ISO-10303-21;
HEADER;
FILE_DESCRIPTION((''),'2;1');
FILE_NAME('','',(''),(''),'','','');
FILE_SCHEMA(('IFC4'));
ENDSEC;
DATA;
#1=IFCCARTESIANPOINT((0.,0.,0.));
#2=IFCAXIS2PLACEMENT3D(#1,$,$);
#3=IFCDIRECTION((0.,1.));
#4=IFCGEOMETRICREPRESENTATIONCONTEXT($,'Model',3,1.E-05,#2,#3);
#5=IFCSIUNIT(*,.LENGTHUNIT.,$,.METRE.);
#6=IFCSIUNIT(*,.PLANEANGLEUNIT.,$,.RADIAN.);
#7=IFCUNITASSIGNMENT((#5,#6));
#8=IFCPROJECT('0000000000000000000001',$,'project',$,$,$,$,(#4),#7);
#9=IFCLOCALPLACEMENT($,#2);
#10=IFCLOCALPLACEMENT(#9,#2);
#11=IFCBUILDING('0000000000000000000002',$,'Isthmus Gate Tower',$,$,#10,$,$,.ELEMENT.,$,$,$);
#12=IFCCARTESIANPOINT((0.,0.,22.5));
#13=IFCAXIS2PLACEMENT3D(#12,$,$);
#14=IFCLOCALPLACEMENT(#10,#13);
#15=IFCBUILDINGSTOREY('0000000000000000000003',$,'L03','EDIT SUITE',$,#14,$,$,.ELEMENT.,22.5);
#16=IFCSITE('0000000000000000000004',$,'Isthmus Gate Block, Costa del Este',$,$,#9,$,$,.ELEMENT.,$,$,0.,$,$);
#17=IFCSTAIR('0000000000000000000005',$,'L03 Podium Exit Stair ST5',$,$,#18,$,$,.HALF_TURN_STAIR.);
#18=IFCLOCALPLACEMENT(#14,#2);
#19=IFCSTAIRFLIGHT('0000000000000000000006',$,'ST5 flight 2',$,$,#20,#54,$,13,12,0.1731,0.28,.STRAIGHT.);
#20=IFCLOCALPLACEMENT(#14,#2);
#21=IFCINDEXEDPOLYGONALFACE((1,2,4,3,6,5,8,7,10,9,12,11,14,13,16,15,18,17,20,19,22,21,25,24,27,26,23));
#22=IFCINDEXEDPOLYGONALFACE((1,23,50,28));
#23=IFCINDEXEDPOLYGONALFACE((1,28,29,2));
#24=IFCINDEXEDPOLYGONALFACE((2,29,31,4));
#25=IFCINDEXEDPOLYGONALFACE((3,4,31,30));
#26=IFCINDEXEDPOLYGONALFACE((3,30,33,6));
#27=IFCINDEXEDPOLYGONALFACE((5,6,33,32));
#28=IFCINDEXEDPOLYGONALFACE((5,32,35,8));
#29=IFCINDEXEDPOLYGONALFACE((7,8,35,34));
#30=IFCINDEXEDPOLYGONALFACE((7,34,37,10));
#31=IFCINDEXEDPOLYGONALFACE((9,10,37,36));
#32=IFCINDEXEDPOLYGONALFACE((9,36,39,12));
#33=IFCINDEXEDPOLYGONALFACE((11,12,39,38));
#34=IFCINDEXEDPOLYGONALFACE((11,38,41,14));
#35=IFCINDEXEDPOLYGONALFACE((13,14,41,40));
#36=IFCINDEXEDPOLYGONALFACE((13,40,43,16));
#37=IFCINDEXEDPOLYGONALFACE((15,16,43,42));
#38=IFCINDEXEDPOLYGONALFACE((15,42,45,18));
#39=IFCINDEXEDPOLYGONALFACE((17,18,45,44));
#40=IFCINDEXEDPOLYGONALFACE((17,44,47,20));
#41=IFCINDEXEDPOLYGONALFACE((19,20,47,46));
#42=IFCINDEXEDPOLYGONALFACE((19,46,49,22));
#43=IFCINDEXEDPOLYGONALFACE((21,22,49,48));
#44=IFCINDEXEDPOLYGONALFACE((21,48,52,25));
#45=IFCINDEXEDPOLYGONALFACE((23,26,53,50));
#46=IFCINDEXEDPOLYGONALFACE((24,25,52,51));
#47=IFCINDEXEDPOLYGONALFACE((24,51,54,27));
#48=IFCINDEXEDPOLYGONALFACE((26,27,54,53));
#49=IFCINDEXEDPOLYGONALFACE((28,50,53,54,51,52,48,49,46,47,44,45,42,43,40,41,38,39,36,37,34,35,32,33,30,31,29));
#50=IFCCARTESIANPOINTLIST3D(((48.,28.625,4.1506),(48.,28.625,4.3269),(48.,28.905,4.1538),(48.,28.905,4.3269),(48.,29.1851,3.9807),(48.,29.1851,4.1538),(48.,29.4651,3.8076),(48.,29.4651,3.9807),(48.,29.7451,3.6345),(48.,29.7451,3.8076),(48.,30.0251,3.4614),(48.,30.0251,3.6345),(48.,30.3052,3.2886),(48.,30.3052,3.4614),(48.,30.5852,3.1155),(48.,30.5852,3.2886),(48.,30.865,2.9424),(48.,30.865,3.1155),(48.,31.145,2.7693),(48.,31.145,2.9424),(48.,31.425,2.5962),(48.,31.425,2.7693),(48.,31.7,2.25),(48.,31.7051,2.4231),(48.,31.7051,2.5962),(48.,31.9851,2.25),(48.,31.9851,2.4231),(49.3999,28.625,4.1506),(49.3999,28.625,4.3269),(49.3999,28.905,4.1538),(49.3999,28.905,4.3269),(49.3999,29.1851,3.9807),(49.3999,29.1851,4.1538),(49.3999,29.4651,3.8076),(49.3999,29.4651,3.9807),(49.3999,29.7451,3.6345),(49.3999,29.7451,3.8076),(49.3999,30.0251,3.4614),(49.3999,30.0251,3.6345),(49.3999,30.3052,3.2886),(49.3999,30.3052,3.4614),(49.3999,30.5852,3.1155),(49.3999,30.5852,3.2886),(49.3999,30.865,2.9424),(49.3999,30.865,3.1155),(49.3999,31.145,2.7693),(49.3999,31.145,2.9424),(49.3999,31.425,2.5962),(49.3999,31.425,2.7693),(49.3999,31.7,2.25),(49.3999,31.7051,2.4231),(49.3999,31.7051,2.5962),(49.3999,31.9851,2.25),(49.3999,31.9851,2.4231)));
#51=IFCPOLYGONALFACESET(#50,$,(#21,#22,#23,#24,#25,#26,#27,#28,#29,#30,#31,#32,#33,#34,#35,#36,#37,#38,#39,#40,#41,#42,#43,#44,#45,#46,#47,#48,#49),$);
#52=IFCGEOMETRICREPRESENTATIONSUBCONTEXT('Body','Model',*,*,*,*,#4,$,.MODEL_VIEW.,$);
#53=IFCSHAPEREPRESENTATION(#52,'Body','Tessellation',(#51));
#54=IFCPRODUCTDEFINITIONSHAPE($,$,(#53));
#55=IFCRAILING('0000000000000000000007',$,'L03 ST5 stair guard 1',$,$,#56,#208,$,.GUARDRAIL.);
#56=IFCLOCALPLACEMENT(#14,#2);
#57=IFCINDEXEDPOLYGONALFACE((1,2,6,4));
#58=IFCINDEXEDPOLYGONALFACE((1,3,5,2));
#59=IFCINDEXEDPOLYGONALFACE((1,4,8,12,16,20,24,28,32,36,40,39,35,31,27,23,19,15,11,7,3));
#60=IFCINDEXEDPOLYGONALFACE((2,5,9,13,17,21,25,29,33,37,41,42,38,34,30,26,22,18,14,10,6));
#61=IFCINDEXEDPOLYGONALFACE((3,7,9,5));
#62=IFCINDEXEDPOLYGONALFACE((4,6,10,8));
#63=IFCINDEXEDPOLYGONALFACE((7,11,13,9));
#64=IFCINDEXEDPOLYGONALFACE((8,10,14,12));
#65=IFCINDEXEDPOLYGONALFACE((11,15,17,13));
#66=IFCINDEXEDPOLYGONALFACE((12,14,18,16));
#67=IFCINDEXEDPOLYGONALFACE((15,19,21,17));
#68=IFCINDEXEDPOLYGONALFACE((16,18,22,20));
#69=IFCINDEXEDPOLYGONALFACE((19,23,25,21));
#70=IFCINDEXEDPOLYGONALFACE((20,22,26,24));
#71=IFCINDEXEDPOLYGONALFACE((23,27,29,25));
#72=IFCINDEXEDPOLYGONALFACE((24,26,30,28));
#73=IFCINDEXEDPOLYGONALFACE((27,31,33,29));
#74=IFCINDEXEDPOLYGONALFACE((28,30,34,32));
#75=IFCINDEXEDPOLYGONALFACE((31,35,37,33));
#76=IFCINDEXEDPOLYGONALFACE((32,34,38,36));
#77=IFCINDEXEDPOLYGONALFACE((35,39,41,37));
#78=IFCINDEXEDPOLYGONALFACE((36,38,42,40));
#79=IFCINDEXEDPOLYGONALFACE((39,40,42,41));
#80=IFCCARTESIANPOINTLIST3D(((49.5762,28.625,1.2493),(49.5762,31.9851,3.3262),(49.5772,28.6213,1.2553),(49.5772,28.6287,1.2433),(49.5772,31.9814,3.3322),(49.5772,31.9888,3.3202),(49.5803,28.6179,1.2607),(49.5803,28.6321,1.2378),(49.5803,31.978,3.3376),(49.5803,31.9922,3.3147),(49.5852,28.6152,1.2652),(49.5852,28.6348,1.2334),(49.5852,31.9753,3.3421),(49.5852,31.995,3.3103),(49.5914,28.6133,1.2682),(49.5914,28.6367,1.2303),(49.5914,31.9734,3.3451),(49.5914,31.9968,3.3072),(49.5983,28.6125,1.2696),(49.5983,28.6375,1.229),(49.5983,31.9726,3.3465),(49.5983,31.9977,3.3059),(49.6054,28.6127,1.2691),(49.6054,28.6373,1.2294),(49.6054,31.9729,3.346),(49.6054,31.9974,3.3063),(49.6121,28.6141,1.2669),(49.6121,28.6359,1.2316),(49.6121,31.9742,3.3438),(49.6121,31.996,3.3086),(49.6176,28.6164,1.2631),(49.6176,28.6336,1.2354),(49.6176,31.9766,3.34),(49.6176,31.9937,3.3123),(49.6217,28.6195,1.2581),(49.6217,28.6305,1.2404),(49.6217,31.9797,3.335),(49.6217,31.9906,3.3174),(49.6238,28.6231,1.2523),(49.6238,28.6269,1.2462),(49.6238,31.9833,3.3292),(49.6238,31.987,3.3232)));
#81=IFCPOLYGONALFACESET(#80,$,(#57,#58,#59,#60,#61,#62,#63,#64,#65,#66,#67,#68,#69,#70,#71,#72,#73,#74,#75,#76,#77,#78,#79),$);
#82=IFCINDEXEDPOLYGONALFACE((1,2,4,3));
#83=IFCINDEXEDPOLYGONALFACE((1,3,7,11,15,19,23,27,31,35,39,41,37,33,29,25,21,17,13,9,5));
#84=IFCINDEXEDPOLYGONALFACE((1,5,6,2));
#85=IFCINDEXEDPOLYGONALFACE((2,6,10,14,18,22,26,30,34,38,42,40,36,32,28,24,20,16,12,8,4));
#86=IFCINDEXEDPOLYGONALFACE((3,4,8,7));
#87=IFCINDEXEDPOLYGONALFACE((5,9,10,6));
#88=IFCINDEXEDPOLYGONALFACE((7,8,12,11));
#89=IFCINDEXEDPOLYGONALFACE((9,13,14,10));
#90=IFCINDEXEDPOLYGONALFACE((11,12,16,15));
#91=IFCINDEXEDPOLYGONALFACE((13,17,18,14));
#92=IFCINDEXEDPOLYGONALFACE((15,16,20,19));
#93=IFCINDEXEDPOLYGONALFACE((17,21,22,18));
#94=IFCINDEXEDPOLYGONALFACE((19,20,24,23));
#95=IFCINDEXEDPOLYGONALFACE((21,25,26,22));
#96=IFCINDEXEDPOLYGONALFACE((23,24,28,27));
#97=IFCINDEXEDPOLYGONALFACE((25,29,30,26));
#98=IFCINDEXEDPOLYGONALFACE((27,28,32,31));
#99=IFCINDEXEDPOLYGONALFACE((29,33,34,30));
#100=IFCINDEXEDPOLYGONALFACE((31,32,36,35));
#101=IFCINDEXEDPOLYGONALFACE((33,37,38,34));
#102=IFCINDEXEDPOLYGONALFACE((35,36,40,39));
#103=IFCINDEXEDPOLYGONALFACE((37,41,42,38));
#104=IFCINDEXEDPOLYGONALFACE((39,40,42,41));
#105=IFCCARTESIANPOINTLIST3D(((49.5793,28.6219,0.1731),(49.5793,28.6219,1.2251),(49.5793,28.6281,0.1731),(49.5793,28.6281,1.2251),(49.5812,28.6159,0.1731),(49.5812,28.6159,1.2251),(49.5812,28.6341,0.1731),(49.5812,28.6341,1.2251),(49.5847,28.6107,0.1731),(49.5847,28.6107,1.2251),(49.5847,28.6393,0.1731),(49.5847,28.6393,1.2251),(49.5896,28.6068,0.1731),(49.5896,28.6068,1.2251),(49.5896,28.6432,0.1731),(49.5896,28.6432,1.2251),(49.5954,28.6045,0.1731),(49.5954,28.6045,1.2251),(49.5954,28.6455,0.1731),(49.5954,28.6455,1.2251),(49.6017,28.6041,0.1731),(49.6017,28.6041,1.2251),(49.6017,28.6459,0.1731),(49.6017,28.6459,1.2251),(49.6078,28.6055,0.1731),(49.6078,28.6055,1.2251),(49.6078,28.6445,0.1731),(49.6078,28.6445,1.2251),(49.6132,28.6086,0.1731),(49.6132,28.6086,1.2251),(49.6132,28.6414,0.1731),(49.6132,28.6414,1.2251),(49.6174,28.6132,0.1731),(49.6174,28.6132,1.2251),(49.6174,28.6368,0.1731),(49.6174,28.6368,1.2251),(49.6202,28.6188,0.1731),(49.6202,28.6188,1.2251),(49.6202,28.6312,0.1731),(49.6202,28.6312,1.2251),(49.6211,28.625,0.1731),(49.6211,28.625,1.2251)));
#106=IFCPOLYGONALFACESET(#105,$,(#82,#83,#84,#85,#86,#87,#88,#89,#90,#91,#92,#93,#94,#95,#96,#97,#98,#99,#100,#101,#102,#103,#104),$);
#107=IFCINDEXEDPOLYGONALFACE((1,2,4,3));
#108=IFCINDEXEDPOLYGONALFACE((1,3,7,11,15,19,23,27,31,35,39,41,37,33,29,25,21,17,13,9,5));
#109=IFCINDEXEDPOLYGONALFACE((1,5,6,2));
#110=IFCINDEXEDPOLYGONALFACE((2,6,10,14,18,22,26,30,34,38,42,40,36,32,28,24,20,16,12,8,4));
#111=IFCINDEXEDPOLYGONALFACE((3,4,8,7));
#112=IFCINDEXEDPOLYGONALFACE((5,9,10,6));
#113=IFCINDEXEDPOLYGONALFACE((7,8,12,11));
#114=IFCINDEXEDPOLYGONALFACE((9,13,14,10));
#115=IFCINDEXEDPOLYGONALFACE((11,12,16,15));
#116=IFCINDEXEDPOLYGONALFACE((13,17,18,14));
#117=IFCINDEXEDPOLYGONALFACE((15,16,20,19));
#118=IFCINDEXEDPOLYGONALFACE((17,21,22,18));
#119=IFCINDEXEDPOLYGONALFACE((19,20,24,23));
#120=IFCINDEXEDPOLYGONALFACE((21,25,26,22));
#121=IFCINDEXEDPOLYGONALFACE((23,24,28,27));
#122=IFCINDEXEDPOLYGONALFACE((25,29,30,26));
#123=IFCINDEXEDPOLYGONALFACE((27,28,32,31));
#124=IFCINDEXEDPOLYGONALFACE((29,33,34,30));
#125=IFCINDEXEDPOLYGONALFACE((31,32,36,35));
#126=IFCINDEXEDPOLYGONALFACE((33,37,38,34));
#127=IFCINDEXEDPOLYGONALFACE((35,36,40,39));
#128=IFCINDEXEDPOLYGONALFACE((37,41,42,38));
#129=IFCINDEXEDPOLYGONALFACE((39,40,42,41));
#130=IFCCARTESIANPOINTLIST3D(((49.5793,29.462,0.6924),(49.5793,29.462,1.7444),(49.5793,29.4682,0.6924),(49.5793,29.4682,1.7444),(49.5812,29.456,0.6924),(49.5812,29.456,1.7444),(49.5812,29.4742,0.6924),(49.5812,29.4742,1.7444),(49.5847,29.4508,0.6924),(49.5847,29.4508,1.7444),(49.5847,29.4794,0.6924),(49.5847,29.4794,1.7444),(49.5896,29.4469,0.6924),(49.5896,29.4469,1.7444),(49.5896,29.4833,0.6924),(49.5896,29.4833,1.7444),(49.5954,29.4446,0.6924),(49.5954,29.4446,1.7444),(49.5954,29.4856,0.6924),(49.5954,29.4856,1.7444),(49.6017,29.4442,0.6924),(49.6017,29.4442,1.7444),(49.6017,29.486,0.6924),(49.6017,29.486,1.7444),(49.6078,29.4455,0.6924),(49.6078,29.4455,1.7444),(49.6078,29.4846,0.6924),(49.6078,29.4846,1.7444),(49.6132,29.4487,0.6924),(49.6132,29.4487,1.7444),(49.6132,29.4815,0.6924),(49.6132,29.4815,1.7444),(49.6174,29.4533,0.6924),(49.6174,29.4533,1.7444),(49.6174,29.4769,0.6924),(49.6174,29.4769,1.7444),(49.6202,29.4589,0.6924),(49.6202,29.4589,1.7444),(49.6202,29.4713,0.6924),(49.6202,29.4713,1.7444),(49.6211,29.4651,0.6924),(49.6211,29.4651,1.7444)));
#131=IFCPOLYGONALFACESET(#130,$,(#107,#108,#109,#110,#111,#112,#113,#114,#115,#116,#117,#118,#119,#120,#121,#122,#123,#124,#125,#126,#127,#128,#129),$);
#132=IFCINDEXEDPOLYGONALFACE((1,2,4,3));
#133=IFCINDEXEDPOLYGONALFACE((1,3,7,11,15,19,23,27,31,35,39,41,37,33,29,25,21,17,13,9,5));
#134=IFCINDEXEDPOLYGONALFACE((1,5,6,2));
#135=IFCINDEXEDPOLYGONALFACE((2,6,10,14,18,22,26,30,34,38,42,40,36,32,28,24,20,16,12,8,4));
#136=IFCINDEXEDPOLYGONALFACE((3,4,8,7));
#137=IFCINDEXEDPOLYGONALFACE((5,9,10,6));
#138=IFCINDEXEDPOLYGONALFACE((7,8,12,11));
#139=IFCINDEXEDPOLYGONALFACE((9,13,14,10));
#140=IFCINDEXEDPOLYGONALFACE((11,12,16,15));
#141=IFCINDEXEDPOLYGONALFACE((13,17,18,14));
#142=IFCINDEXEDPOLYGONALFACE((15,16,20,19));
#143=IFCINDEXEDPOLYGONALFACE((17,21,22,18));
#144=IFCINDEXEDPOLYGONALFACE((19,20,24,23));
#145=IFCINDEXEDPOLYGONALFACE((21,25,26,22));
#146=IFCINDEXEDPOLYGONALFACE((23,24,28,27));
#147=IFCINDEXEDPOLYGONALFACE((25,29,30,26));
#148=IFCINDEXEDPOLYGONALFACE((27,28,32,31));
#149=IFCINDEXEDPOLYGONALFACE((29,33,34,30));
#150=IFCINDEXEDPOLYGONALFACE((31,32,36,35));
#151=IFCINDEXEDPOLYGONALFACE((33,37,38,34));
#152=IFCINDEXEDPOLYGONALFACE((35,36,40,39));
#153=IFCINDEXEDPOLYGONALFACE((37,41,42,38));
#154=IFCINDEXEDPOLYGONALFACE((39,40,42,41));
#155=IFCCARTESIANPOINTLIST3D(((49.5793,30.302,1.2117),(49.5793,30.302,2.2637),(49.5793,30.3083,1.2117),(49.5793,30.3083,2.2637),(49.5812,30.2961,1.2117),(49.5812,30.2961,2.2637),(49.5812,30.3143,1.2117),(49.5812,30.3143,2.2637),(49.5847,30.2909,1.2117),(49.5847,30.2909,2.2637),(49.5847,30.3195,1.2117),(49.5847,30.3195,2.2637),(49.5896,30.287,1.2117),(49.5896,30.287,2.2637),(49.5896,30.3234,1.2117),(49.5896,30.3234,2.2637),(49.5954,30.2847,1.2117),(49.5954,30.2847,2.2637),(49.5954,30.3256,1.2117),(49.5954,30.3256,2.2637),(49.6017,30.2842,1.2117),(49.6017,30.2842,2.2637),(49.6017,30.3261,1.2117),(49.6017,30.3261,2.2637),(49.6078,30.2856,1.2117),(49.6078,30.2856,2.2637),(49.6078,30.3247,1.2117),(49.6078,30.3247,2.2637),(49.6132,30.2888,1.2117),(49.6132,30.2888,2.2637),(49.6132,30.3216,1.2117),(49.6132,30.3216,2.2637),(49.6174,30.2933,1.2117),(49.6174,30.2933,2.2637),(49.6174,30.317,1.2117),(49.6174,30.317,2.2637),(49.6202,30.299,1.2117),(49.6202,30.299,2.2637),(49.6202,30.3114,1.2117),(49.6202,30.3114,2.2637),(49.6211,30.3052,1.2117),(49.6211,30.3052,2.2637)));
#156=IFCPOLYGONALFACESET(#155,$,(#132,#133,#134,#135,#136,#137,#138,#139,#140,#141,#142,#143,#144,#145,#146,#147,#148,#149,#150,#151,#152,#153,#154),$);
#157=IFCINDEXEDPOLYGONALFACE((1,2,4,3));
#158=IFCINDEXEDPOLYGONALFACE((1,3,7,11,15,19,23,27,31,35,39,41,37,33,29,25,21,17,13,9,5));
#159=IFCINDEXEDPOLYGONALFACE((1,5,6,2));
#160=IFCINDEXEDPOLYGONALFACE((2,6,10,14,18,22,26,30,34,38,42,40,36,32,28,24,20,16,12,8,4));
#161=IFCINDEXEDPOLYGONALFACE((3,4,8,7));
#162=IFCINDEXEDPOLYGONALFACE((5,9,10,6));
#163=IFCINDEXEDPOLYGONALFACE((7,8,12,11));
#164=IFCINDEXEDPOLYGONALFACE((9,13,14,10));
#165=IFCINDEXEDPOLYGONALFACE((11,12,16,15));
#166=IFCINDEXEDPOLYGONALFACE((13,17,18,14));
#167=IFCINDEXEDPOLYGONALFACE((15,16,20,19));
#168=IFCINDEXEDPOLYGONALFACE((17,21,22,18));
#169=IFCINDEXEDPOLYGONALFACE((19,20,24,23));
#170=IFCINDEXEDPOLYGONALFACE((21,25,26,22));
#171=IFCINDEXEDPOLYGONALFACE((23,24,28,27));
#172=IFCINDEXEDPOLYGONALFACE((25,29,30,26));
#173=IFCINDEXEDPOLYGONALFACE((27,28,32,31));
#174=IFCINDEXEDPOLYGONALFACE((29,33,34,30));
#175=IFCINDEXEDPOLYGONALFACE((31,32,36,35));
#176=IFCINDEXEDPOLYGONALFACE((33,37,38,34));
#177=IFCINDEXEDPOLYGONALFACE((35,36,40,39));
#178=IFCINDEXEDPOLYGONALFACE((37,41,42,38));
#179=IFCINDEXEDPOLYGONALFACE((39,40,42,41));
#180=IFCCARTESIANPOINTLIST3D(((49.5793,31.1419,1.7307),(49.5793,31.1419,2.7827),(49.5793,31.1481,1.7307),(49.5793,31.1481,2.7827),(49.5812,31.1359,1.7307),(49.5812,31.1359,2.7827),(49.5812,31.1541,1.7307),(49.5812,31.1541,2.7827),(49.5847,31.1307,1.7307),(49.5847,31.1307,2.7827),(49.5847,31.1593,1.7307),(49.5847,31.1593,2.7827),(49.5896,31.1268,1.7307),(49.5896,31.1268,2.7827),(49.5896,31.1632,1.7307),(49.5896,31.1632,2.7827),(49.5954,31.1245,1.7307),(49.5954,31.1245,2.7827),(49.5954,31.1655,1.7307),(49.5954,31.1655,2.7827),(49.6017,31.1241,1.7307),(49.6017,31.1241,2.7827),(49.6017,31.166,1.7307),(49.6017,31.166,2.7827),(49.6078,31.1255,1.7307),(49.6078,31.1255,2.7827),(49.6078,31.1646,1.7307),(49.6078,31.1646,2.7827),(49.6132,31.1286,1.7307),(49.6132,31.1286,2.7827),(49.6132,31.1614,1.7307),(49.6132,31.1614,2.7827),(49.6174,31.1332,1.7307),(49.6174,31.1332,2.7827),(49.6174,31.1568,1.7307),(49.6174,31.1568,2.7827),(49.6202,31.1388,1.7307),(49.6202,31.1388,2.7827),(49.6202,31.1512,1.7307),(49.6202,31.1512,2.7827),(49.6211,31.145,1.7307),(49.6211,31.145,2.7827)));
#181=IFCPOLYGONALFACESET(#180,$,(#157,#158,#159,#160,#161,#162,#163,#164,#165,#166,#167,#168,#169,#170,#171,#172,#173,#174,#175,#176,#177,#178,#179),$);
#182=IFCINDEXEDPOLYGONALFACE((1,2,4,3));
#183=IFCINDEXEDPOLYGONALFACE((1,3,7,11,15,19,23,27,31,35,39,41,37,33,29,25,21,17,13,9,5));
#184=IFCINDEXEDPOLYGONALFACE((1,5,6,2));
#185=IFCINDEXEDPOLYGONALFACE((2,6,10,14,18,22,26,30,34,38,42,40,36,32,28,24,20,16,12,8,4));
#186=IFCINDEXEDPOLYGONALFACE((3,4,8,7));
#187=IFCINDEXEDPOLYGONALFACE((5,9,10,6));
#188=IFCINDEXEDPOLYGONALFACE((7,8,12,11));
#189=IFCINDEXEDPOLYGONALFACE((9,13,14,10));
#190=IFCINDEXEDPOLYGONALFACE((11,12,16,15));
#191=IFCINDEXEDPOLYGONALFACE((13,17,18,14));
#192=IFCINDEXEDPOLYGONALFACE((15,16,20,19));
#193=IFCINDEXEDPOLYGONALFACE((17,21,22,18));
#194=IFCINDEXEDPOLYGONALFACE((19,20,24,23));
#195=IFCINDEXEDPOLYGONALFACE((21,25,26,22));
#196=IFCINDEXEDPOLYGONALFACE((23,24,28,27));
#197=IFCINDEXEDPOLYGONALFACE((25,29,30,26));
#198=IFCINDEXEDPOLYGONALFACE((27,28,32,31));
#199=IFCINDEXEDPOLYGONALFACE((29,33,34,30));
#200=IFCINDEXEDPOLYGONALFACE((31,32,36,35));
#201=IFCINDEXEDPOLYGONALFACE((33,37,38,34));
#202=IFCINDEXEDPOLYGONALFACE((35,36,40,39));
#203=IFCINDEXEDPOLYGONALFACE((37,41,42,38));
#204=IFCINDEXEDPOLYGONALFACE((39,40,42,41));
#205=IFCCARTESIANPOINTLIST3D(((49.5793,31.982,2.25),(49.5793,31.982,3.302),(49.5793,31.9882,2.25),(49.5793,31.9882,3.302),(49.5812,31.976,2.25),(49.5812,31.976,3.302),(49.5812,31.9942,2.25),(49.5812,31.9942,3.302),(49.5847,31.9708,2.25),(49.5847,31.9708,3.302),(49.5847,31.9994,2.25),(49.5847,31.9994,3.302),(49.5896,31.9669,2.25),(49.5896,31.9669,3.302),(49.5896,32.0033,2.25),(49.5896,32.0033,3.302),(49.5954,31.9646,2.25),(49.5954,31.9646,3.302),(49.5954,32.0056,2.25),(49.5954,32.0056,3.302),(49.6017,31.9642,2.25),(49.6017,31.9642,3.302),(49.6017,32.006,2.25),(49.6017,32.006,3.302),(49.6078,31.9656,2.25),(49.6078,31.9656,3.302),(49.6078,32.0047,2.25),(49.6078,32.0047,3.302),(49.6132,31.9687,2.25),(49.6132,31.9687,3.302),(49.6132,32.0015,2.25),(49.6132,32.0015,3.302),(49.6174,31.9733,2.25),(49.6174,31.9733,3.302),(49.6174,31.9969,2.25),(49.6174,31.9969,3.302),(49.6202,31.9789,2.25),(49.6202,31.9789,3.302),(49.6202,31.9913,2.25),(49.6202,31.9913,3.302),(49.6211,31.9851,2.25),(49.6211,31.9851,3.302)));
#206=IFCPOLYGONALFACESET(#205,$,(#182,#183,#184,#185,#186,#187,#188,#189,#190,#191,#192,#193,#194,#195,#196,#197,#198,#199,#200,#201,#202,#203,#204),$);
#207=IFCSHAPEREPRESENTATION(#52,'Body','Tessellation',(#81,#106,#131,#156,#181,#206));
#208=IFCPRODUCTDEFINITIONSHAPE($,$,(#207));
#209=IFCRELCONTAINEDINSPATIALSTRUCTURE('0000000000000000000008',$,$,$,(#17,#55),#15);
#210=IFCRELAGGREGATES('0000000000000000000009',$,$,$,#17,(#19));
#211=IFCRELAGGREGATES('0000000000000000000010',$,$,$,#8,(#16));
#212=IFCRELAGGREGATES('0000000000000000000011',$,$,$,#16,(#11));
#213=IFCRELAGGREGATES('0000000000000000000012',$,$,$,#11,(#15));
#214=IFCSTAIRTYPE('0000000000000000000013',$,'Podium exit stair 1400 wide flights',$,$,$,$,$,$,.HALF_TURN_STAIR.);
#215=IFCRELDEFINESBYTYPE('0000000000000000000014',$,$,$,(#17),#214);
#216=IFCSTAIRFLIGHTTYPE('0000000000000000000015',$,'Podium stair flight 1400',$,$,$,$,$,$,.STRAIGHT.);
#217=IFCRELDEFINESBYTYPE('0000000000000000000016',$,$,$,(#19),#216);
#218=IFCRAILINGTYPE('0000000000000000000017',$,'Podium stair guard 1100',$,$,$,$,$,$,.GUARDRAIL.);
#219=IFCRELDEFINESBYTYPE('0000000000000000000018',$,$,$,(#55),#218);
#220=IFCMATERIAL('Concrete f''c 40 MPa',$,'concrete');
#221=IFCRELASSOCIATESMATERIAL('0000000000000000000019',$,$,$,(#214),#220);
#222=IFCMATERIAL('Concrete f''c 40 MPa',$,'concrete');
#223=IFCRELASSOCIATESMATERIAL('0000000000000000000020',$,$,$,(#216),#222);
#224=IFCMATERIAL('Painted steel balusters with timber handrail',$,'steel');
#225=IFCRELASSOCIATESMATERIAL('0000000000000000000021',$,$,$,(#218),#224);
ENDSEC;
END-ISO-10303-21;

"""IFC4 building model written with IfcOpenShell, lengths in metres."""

from ifc_helpers import new_model, si_unit, direction, frame, origin, origin_2d, place, context, subcontext, project, spatial, polyline, circle, outline, extrude, material, type_object, element, aggregate, save


model = new_model("IFC4")

# Units and contexts
model_context = context("Model", 3, precision=1e-05, world=origin(), true_north=direction((0.0, 1.0)))
body_context = subcontext(model_context, "Body", "Model", "MODEL_VIEW")
ifc_project = project(units=[si_unit("LENGTHUNIT", "METRE"), si_unit("PLANEANGLEUNIT", "RADIAN")], contexts=[model_context])

# Site, building, storey
site_placement = place(None, origin())
site = spatial("IfcSite", under=ifc_project, at=site_placement, Name="Isthmus Gate Block, Costa del Este", CompositionType="ELEMENT", RefElevation=0.0)
building_placement = place(site_placement, origin())
building = spatial("IfcBuilding", under=site, at=building_placement, Name="Isthmus Gate Tower", CompositionType="ELEMENT")
storey_placement = place(building_placement, frame((0.0, 0.0, 22.5)))
storey = spatial("IfcBuildingStorey", under=building, at=storey_placement, Name="L03", Description="EDIT SUITE", CompositionType="ELEMENT", Elevation=22.5)

# Stair, stair flight
ifc_material_1 = material(Name="Concrete f'c 40 MPa", Category="concrete")
stair_type = type_object("IfcStairType", Name="Podium exit stair 1400 wide flights", PredefinedType="HALF_TURN_STAIR", material=ifc_material_1)
stair_placement = place(storey_placement, origin())
stair = element("IfcStair", 1, at=stair_placement, inside=storey, type_object=stair_type, Name="L03 Podium Exit Stair ST5", PredefinedType="HALF_TURN_STAIR")
ifc_material_2 = material(Name="Concrete f'c 40 MPa", Category="concrete")
stair_flight_type = type_object("IfcStairFlightType", Name="Podium stair flight 1400", PredefinedType="STRAIGHT", material=ifc_material_2)
stair_flight_1_placement = place(storey_placement, frame((48.7, 31.9851, 2.25), z_axis=(0.0, 0.0, 1.0), x_axis=(0.0, -1.0, 0.0)))
stair_flight_1 = element("IfcStairFlight", 2, at=stair_flight_1_placement, type_object=stair_flight_type, Name="ST5 flight 2", NumberOfRisers=13, NumberOfTreads=12, PredefinedType="STRAIGHT", RiserHeight=0.1731, TreadLength=0.28, context=body_context, shape_type="SweptSolid", body=[
    extrude(outline(polyline([(0.0, 0.0), (0.0, 0.1731), (0.28, 0.1731), (0.28, 0.3462), (0.5601, 0.3462), (0.5601, 0.5193), (0.8401, 0.5193), (0.8401, 0.6924), (1.1201, 0.6924), (1.1201, 0.8655), (1.3999, 0.8655), (1.3999, 1.0386), (1.6799, 1.0386), (1.6799, 1.2114), (1.96, 1.2114), (1.96, 1.3845), (2.24, 1.3845), (2.24, 1.5576), (2.52, 1.5576), (2.52, 1.7307), (2.8, 1.7307), (2.8, 1.9038), (3.0801, 1.9038), (3.0801, 2.0769), (3.3601, 2.0769), (3.3601, 2.25), (3.3601, 1.9006), (0.2852, 0.0), (0.0, 0.0)])), frame((0.0, 0.7, 0.0), z_axis=(0.0, -1.0, 0.0), x_axis=(1.0, 0.0, 0.0)), (0.0, 0.0, 1.0), 1.3999),
])
aggregate(stair, [stair_flight_1])

# Railing
ifc_material_3 = material(Name="Painted steel balusters with timber handrail", Category="steel")
railing_type_1 = type_object("IfcRailingType", Name="Podium stair guard 1100", PredefinedType="GUARDRAIL", material=ifc_material_3)
railing_1_placement = place(storey_placement, frame((49.6001, 28.625, 0.1731)))
element("IfcRailing", 3, at=railing_1_placement, inside=storey, type_object=railing_type_1, Name="L03 ST5 stair guard 1", PredefinedType="GUARDRAIL", context=body_context, shape_type="SweptSolid", body=[
    extrude(circle(Radius=0.0239, at=origin_2d()), frame((0.0, 0.0, 1.0762), z_axis=(0.0, 0.850623, 0.525776), x_axis=(-1.0, 0.0, 0.0)), (0.0, 0.0, 1.0), 3.9502),
    extrude(circle(Radius=0.021, at=origin_2d()), origin(), (0.0, 0.0, 1.0), 1.052),
    extrude(circle(Radius=0.021, at=origin_2d()), frame((0.0, 0.8401, 0.5193)), (0.0, 0.0, 1.0), 1.052),
    extrude(circle(Radius=0.021, at=origin_2d()), frame((0.0, 1.6802, 1.0386)), (0.0, 0.0, 1.0), 1.052),
    extrude(circle(Radius=0.021, at=origin_2d()), frame((0.0, 2.52, 1.5576)), (0.0, 0.0, 1.0), 1.052),
    extrude(circle(Radius=0.021, at=origin_2d()), frame((0.0, 3.3601, 2.0769)), (0.0, 0.0, 1.0), 1.052),
])

save(model, "model.ifc")
